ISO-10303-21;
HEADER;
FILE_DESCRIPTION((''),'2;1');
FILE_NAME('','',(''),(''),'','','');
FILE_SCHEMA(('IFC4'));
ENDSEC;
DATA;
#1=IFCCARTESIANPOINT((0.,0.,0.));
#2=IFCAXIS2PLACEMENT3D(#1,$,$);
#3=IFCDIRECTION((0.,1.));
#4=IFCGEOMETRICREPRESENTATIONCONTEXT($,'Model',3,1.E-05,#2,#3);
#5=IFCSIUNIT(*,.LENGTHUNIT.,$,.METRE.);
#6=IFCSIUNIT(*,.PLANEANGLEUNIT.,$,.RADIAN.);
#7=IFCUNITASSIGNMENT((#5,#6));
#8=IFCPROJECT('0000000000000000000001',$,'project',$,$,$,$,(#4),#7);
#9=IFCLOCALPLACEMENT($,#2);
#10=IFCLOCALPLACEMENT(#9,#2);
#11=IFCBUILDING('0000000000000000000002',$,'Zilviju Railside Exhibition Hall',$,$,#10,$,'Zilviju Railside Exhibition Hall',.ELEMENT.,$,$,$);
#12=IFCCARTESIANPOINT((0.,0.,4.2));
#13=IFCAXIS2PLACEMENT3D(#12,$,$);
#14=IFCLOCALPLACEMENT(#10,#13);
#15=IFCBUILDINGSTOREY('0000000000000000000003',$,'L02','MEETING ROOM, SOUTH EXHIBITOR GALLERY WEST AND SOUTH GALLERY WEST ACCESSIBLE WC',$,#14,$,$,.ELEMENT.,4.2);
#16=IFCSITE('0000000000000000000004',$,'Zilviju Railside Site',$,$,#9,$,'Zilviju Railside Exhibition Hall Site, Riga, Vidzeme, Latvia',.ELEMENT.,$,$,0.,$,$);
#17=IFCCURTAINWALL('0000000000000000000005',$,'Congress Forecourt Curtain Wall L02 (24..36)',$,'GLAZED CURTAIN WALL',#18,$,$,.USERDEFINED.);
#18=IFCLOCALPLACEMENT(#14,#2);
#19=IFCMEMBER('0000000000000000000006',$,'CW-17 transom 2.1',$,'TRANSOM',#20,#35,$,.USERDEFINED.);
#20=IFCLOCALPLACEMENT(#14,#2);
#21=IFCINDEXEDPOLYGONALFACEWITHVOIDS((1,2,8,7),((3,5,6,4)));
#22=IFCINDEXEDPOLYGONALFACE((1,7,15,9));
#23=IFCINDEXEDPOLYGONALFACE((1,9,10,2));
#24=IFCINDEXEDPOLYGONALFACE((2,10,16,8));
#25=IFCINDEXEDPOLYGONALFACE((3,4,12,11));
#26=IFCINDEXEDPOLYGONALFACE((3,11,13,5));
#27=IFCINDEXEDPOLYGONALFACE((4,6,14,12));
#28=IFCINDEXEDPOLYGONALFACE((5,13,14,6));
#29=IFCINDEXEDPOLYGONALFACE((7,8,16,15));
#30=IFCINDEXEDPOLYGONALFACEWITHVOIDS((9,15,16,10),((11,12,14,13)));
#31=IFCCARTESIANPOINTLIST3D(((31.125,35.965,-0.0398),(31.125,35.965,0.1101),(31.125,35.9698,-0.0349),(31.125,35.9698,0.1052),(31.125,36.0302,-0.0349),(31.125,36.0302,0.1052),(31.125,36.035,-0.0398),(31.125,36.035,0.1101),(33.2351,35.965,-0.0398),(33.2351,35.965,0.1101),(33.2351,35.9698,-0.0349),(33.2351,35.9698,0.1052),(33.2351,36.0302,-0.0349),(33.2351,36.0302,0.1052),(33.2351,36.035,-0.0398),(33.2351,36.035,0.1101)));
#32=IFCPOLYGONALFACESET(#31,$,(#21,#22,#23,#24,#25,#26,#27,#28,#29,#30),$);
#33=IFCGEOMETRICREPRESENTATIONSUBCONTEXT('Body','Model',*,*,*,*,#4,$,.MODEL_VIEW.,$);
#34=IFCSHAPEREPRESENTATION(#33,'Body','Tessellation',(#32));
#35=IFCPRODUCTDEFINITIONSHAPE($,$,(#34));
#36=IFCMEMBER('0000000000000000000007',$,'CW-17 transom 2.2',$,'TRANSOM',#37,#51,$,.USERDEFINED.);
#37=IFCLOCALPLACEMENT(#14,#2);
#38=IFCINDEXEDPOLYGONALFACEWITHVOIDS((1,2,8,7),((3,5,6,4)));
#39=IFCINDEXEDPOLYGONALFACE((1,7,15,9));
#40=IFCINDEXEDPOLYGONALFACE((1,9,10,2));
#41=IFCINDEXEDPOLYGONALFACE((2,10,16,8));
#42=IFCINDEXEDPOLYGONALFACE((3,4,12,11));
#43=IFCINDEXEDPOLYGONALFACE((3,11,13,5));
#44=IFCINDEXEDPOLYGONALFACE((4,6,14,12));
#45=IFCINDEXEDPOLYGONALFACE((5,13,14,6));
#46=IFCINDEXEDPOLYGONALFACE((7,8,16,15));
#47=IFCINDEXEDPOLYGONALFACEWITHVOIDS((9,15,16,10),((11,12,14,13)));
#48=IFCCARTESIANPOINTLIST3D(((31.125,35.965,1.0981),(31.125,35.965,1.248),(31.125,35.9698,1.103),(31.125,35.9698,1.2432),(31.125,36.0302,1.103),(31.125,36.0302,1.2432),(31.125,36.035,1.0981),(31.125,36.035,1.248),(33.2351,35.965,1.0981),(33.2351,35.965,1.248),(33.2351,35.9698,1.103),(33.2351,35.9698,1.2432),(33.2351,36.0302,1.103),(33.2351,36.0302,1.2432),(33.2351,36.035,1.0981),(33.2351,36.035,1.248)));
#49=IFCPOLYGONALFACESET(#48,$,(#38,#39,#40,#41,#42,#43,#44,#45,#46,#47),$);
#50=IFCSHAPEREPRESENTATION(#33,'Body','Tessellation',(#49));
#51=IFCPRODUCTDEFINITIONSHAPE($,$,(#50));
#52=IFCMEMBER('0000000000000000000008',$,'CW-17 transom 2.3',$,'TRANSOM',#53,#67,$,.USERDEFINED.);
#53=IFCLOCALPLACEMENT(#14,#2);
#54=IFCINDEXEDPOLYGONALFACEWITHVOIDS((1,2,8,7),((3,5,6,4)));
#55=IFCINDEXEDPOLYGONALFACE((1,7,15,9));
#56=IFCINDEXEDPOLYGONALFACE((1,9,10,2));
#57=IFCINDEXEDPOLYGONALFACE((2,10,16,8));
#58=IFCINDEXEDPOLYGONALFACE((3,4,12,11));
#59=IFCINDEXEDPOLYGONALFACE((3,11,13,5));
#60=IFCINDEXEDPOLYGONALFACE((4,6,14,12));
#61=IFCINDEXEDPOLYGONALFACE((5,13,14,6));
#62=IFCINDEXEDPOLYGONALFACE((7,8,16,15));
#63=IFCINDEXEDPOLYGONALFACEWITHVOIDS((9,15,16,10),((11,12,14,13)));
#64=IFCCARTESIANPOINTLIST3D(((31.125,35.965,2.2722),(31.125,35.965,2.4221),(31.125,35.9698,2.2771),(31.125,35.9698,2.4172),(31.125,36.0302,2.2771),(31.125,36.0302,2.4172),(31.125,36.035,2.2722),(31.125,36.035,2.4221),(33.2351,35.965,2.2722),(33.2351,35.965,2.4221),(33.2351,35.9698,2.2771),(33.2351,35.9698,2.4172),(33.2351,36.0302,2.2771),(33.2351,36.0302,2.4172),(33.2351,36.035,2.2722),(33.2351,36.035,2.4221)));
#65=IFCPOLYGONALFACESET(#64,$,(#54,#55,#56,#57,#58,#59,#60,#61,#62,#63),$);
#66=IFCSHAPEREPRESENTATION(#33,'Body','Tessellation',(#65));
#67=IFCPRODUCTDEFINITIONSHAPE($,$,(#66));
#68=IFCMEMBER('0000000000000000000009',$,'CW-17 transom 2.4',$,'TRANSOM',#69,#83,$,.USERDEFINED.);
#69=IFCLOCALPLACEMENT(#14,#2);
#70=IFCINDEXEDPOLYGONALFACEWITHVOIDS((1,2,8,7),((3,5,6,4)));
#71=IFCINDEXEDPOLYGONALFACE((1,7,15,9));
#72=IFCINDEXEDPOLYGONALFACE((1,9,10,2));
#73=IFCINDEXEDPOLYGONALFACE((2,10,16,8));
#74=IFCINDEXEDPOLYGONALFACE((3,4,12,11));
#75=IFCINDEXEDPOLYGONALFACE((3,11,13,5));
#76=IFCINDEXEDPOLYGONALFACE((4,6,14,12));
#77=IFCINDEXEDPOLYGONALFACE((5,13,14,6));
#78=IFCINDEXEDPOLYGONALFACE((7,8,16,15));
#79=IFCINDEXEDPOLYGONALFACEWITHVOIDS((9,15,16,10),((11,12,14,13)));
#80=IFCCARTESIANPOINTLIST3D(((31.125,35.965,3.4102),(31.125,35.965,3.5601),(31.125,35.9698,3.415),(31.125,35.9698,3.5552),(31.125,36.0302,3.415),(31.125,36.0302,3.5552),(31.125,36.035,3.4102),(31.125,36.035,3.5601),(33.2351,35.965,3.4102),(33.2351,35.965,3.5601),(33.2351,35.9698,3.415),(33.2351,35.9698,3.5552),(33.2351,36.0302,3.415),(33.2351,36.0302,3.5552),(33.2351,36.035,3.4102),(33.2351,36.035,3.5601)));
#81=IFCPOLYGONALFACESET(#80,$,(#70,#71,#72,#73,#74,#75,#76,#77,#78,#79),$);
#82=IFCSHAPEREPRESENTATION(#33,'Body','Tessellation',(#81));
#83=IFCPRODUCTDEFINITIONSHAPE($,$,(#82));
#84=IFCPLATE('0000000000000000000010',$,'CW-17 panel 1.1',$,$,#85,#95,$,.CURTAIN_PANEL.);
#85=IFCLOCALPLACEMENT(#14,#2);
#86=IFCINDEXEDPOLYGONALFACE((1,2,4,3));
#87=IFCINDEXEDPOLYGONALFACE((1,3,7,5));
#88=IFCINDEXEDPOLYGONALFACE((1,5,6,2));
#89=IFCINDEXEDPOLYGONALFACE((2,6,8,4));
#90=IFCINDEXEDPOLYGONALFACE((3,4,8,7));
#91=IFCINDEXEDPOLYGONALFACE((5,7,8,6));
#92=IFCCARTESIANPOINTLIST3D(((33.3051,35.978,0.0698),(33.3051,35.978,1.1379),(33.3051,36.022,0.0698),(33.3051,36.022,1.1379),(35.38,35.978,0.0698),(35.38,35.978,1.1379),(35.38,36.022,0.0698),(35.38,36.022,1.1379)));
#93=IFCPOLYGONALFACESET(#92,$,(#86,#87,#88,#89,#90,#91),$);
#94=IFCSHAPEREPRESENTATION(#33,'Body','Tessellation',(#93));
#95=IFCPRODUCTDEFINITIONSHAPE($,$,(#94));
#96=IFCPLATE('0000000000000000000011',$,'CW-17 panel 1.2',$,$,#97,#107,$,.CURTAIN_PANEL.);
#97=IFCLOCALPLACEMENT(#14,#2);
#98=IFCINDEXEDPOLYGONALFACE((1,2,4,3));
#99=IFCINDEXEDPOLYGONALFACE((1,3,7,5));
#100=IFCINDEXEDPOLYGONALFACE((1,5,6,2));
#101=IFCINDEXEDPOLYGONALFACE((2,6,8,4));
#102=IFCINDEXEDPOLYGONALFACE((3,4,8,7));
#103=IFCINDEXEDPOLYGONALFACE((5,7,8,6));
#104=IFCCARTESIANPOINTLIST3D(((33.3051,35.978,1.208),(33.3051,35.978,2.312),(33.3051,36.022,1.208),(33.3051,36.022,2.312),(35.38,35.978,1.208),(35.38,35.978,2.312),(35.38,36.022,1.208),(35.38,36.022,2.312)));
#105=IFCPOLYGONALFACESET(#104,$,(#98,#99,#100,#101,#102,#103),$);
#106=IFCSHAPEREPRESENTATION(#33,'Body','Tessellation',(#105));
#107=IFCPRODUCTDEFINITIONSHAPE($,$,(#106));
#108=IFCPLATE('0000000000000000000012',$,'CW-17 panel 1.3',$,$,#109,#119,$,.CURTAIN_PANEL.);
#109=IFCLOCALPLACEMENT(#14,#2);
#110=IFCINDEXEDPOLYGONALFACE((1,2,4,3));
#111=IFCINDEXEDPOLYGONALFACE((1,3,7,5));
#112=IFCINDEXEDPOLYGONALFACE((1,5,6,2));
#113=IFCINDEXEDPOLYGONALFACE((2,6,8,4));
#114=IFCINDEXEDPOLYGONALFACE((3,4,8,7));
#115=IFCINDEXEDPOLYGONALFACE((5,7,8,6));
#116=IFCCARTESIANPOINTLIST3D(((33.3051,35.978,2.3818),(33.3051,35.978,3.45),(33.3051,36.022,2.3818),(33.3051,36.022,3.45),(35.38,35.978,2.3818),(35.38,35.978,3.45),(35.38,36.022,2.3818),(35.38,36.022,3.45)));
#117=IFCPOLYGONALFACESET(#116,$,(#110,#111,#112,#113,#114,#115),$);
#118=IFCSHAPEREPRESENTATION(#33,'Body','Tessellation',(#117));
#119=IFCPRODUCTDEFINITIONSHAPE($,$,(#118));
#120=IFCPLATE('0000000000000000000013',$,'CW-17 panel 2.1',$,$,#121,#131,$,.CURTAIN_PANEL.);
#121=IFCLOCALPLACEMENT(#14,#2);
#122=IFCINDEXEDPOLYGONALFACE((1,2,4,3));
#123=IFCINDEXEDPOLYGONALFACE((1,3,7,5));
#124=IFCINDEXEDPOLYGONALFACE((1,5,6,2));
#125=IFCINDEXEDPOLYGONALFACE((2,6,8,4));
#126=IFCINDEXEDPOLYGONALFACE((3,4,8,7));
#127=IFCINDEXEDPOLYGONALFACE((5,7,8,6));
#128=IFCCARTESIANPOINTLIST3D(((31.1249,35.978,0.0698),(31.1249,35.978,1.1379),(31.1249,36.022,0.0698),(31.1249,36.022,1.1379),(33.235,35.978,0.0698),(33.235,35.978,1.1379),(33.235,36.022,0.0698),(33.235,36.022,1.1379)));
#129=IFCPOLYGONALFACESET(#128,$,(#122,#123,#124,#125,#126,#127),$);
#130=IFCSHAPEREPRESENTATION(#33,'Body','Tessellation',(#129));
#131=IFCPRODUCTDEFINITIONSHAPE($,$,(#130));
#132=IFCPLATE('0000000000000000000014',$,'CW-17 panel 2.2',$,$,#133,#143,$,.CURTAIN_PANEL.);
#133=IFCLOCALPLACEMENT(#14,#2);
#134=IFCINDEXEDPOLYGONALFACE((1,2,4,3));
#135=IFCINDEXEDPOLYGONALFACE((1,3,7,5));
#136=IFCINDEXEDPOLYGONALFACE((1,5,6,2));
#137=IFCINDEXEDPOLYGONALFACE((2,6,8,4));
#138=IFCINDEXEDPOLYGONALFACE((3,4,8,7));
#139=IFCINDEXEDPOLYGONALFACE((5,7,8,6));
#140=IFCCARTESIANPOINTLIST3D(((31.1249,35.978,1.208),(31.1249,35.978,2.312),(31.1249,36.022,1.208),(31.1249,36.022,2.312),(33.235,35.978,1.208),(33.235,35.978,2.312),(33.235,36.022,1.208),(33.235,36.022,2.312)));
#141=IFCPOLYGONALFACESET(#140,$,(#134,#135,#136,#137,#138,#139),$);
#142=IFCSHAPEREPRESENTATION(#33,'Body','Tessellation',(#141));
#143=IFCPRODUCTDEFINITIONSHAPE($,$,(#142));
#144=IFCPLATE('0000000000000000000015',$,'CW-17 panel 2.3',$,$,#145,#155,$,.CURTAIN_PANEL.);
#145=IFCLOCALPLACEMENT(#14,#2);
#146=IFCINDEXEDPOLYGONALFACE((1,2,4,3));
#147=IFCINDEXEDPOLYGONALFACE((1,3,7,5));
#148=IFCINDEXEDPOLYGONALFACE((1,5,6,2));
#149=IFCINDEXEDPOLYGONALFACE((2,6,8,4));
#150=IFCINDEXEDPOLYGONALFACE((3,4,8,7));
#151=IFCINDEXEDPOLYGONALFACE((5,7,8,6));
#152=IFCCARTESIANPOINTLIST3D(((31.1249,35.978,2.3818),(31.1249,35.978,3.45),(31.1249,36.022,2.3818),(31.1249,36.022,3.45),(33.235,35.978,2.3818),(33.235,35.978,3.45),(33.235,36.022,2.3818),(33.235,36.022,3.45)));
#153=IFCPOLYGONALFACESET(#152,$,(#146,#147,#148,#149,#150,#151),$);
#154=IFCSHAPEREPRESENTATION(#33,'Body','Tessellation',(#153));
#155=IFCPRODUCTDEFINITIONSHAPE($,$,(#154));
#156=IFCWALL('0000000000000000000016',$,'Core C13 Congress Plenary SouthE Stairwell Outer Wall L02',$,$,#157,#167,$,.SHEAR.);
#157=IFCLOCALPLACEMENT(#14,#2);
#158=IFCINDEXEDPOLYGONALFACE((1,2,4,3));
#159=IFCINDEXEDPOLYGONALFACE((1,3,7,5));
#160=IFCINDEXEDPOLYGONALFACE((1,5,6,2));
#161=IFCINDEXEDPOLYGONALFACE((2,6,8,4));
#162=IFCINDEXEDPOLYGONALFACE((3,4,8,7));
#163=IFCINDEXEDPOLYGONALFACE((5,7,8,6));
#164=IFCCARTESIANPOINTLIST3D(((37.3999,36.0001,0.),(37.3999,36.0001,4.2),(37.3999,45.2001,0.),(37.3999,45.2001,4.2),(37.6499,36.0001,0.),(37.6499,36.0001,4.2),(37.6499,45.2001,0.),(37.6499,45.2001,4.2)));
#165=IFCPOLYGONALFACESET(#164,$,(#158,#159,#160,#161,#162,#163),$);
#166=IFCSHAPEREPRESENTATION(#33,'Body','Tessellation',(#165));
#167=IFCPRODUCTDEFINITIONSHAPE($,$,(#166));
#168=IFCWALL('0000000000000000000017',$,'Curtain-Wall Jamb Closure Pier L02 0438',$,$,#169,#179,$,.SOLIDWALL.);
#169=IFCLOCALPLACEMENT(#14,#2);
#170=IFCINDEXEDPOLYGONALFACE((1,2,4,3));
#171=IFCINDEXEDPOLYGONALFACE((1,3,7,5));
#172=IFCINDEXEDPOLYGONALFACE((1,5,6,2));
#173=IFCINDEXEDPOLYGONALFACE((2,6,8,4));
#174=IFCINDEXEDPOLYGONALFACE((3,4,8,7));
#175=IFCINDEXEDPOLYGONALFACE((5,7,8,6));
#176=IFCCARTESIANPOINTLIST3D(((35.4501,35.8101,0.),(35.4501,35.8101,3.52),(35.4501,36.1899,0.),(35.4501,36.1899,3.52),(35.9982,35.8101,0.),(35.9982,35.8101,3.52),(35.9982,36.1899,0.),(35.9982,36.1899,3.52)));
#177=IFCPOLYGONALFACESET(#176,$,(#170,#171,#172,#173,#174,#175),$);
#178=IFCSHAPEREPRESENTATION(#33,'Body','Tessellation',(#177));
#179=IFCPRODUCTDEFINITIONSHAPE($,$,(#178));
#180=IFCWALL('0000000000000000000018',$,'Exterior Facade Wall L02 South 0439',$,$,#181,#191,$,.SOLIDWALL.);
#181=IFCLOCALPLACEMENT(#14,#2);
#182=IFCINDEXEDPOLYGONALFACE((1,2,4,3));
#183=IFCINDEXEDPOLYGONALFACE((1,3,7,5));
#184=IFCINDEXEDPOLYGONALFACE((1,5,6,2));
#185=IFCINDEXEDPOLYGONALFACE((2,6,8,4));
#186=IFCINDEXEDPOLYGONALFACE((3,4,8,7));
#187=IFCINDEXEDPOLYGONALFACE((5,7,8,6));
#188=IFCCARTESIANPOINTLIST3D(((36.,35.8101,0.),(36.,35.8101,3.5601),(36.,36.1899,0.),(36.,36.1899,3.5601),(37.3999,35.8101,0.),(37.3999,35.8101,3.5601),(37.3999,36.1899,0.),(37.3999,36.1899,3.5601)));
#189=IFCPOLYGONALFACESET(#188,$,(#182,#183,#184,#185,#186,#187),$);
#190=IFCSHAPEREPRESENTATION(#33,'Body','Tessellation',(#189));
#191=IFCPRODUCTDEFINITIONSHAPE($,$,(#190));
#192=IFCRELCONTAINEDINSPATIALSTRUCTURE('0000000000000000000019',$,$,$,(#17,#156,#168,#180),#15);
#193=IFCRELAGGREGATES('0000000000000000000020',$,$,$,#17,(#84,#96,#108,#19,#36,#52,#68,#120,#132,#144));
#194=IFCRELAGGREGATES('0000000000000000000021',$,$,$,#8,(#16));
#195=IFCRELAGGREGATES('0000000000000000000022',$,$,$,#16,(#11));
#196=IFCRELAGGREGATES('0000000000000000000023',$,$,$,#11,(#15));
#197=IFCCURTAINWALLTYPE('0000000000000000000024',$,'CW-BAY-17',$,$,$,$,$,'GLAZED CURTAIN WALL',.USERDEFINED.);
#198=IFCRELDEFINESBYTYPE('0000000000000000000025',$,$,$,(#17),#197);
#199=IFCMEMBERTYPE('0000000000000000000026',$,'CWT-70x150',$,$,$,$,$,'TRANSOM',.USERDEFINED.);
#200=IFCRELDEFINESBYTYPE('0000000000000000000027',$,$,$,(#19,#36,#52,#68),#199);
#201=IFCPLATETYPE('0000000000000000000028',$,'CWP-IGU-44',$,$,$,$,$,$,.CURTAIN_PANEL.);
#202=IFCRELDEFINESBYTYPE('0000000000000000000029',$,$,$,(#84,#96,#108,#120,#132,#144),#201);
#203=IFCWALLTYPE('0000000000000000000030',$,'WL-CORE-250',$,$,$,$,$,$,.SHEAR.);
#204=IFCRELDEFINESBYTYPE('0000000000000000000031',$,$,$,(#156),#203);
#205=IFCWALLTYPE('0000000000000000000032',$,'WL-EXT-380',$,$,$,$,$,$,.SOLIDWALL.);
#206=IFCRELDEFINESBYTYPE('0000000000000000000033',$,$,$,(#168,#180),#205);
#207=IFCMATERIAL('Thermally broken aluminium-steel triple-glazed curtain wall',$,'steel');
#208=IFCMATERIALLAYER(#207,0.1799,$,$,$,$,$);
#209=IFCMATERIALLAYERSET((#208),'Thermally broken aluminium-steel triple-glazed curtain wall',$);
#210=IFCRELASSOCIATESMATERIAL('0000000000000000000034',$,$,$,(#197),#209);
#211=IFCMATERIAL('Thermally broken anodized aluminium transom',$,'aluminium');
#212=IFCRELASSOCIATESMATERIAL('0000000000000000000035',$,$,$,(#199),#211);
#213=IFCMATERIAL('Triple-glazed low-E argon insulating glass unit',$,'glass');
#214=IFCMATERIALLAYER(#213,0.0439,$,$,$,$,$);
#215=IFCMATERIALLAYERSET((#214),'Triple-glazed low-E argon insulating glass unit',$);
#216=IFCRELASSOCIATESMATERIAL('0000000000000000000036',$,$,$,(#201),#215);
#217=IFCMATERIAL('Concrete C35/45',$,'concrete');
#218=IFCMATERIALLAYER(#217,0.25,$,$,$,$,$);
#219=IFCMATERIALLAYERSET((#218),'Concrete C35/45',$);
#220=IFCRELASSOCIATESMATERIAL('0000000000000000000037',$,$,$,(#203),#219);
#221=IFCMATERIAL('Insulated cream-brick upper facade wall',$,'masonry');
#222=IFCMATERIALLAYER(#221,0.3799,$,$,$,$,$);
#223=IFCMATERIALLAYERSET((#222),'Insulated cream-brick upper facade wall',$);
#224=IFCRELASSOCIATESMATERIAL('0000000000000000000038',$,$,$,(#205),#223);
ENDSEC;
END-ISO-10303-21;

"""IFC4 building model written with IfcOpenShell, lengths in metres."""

from ifc_helpers import new_model, si_unit, direction, frame, frame_2d, origin, origin_2d, place, context, subcontext, project, spatial, rectangle, hollow_rectangle, extrude, material, layer, layer_set, material_profile, profile_set, type_object, element, aggregate, save


model = new_model("IFC4")

# Units and contexts
model_context = context("Model", 3, precision=1e-05, world=origin(), true_north=direction((0.0, 1.0)))
body_context = subcontext(model_context, "Body", "Model", "MODEL_VIEW")
ifc_project = project(units=[si_unit("LENGTHUNIT", "METRE"), si_unit("PLANEANGLEUNIT", "RADIAN")], contexts=[model_context])

# Site, building, storey
site_placement = place(None, origin())
site = spatial("IfcSite", under=ifc_project, at=site_placement, Name="Zilviju Railside Site", LongName="Zilviju Railside Exhibition Hall Site, Riga, Vidzeme, Latvia", CompositionType="ELEMENT", RefElevation=0.0)
building_placement = place(site_placement, origin())
building = spatial("IfcBuilding", under=site, at=building_placement, Name="Zilviju Railside Exhibition Hall", LongName="Zilviju Railside Exhibition Hall", CompositionType="ELEMENT")
storey_placement = place(building_placement, frame((0.0, 0.0, 4.2)))
storey = spatial("IfcBuildingStorey", under=building, at=storey_placement, Name="L02", Description="MEETING ROOM, SOUTH EXHIBITOR GALLERY WEST AND SOUTH GALLERY WEST ACCESSIBLE WC", CompositionType="ELEMENT", Elevation=4.2)

# Curtain wall, members, plates
ifc_material_1 = material(Name="Thermally broken aluminium-steel triple-glazed curtain wall", Category="steel")
ifc_layer_1 = layer(ifc_material_1, 0.1799)
ifc_layer_set_1 = layer_set([ifc_layer_1], Name="Thermally broken aluminium-steel triple-glazed curtain wall")
curtain_wall_type = type_object("IfcCurtainWallType", Name="CW-BAY-17", ElementType="GLAZED CURTAIN WALL", PredefinedType="USERDEFINED", material=ifc_layer_set_1)
curtain_wall_placement = place(storey_placement, origin())
curtain_wall = element("IfcCurtainWall", 1, at=curtain_wall_placement, inside=storey, type_object=curtain_wall_type, Name="Congress Forecourt Curtain Wall L02 (24..36)", ObjectType="GLAZED CURTAIN WALL", PredefinedType="USERDEFINED")
ifc_material_2 = material(Name="Thermally broken anodized aluminium transom", Category="aluminium")
ifc_material_profile_1 = material_profile(ifc_material_2, hollow_rectangle(XDim=0.0701, YDim=0.1499, WallThickness=0.0049, at=origin_2d()), Name="TRANSOM 150x70x5")
ifc_profile_set_1 = profile_set([ifc_material_profile_1], Name="Thermally broken anodized aluminium transom")
member_type_1 = type_object("IfcMemberType", Name="CWT-70x150", ElementType="TRANSOM", PredefinedType="USERDEFINED", material=ifc_profile_set_1)
member_1_placement = place(storey_placement, frame((33.2351, 36.0, 0.0352), z_axis=(-1.0, 0.0, 0.0), x_axis=(0.0, -1.0, 0.0)))
member_1 = element("IfcMember", 2, at=member_1_placement, type_object=member_type_1, Name="CW-17 transom 2.1", ObjectType="TRANSOM", PredefinedType="USERDEFINED", context=body_context, shape_type="SweptSolid", body=[
    extrude(hollow_rectangle(XDim=0.0701, YDim=0.1499, WallThickness=0.0049, at=origin_2d()), origin(), (0.0, 0.0, 1.0), 2.1101),
])
member_2_placement = place(storey_placement, frame((33.2351, 36.0, 1.1731), z_axis=(-1.0, 0.0, 0.0), x_axis=(0.0, -1.0, 0.0)))
member_2 = element("IfcMember", 3, at=member_2_placement, type_object=member_type_1, Name="CW-17 transom 2.2", ObjectType="TRANSOM", PredefinedType="USERDEFINED", context=body_context, shape_type="SweptSolid", body=[
    extrude(hollow_rectangle(XDim=0.0701, YDim=0.1499, WallThickness=0.0049, at=origin_2d()), origin(), (0.0, 0.0, 1.0), 2.1101),
])
member_3_placement = place(storey_placement, frame((33.2351, 36.0, 2.3472), z_axis=(-1.0, 0.0, 0.0), x_axis=(0.0, -1.0, 0.0)))
member_3 = element("IfcMember", 4, at=member_3_placement, type_object=member_type_1, Name="CW-17 transom 2.3", ObjectType="TRANSOM", PredefinedType="USERDEFINED", context=body_context, shape_type="SweptSolid", body=[
    extrude(hollow_rectangle(XDim=0.0701, YDim=0.1499, WallThickness=0.0049, at=origin_2d()), origin(), (0.0, 0.0, 1.0), 2.1101),
])
member_4_placement = place(storey_placement, frame((33.2351, 36.0, 3.4851), z_axis=(-1.0, 0.0, 0.0), x_axis=(0.0, -1.0, 0.0)))
member_4 = element("IfcMember", 5, at=member_4_placement, type_object=member_type_1, Name="CW-17 transom 2.4", ObjectType="TRANSOM", PredefinedType="USERDEFINED", context=body_context, shape_type="SweptSolid", body=[
    extrude(hollow_rectangle(XDim=0.0701, YDim=0.1499, WallThickness=0.0049, at=origin_2d()), origin(), (0.0, 0.0, 1.0), 2.1101),
])
ifc_material_3 = material(Name="Triple-glazed low-E argon insulating glass unit", Category="glass")
ifc_layer_2 = layer(ifc_material_3, 0.0439)
ifc_layer_set_2 = layer_set([ifc_layer_2], Name="Triple-glazed low-E argon insulating glass unit")
plate_type = type_object("IfcPlateType", Name="CWP-IGU-44", PredefinedType="CURTAIN_PANEL", material=ifc_layer_set_2)
plate_1_placement = place(storey_placement, frame((34.3425, 36.0, 0.0698), z_axis=(0.0, 0.0, 1.0), x_axis=(-1.0, 0.0, 0.0)))
plate_1 = element("IfcPlate", 6, at=plate_1_placement, type_object=plate_type, Name="CW-17 panel 1.1", PredefinedType="CURTAIN_PANEL", context=body_context, shape_type="SweptSolid", body=[
    extrude(rectangle(XDim=2.075, YDim=0.0439, at=origin_2d()), origin(), (0.0, 0.0, 1.0), 1.0681),
])
plate_2_placement = place(storey_placement, frame((34.3425, 36.0, 1.208), z_axis=(0.0, 0.0, 1.0), x_axis=(-1.0, 0.0, 0.0)))
plate_2 = element("IfcPlate", 7, at=plate_2_placement, type_object=plate_type, Name="CW-17 panel 1.2", PredefinedType="CURTAIN_PANEL", context=body_context, shape_type="SweptSolid", body=[
    extrude(rectangle(XDim=2.075, YDim=0.0439, at=origin_2d()), origin(), (0.0, 0.0, 1.0), 1.104),
])
plate_3_placement = place(storey_placement, frame((34.3425, 36.0, 2.3818), z_axis=(0.0, 0.0, 1.0), x_axis=(-1.0, 0.0, 0.0)))
plate_3 = element("IfcPlate", 8, at=plate_3_placement, type_object=plate_type, Name="CW-17 panel 1.3", PredefinedType="CURTAIN_PANEL", context=body_context, shape_type="SweptSolid", body=[
    extrude(rectangle(XDim=2.075, YDim=0.0439, at=origin_2d()), origin(), (0.0, 0.0, 1.0), 1.0681),
])
plate_4_placement = place(storey_placement, frame((32.1799, 36.0, 0.0698), z_axis=(0.0, 0.0, 1.0), x_axis=(-1.0, 0.0, 0.0)))
plate_4 = element("IfcPlate", 9, at=plate_4_placement, type_object=plate_type, Name="CW-17 panel 2.1", PredefinedType="CURTAIN_PANEL", context=body_context, shape_type="SweptSolid", body=[
    extrude(rectangle(XDim=2.1101, YDim=0.0439, at=origin_2d()), origin(), (0.0, 0.0, 1.0), 1.0681),
])
plate_5_placement = place(storey_placement, frame((32.1799, 36.0, 1.208), z_axis=(0.0, 0.0, 1.0), x_axis=(-1.0, 0.0, 0.0)))
plate_5 = element("IfcPlate", 10, at=plate_5_placement, type_object=plate_type, Name="CW-17 panel 2.2", PredefinedType="CURTAIN_PANEL", context=body_context, shape_type="SweptSolid", body=[
    extrude(rectangle(XDim=2.1101, YDim=0.0439, at=origin_2d()), origin(), (0.0, 0.0, 1.0), 1.104),
])
plate_6_placement = place(storey_placement, frame((32.1799, 36.0, 2.3818), z_axis=(0.0, 0.0, 1.0), x_axis=(-1.0, 0.0, 0.0)))
plate_6 = element("IfcPlate", 11, at=plate_6_placement, type_object=plate_type, Name="CW-17 panel 2.3", PredefinedType="CURTAIN_PANEL", context=body_context, shape_type="SweptSolid", body=[
    extrude(rectangle(XDim=2.1101, YDim=0.0439, at=origin_2d()), origin(), (0.0, 0.0, 1.0), 1.0681),
])
aggregate(curtain_wall, [plate_1, plate_2, plate_3, member_1, member_2, member_3, member_4, plate_4, plate_5, plate_6])

# Wall
ifc_material_4 = material(Name="Concrete C35/45", Category="concrete")
ifc_layer_3 = layer(ifc_material_4, 0.25)
ifc_layer_set_3 = layer_set([ifc_layer_3], Name="Concrete C35/45")
wall_type_1 = type_object("IfcWallType", Name="WL-CORE-250", PredefinedType="SHEAR", material=ifc_layer_set_3)
wall_1_placement = place(storey_placement, frame((37.5249, 36.0, 0.0), z_axis=(0.0, 0.0, 1.0), x_axis=(0.0, 1.0, 0.0)))
element("IfcWall", 12, at=wall_1_placement, inside=storey, type_object=wall_type_1, Name="Core C13 Congress Plenary SouthE Stairwell Outer Wall L02", PredefinedType="SHEAR", context=body_context, shape_type="SweptSolid", body=[
    extrude(rectangle(XDim=9.2, YDim=0.25, at=frame_2d((4.6001, 0.0))), origin(), (0.0, 0.0, 1.0), 4.2),
])

# Walls
ifc_material_5 = material(Name="Insulated cream-brick upper facade wall", Category="masonry")
ifc_layer_4 = layer(ifc_material_5, 0.3799)
ifc_layer_set_4 = layer_set([ifc_layer_4], Name="Insulated cream-brick upper facade wall")
wall_type_2 = type_object("IfcWallType", Name="WL-EXT-380", PredefinedType="SOLIDWALL", material=ifc_layer_set_4)
wall_2_placement = place(storey_placement, frame((35.998, 36.0, 0.0), z_axis=(0.0, 0.0, 1.0), x_axis=(-1.0, 0.0, 0.0)))
element("IfcWall", 13, at=wall_2_placement, inside=storey, type_object=wall_type_2, Name="Curtain-Wall Jamb Closure Pier L02 0438", PredefinedType="SOLIDWALL", context=body_context, shape_type="SweptSolid", body=[
    extrude(rectangle(XDim=0.5481, YDim=0.3799, at=frame_2d((0.2739, 0.0))), origin(), (0.0, 0.0, 1.0), 3.52),
])
wall_3_placement = place(storey_placement, frame((37.3999, 36.0, 0.0), z_axis=(0.0, 0.0, 1.0), x_axis=(-1.0, 0.0, 0.0)))
element("IfcWall", 14, at=wall_3_placement, inside=storey, type_object=wall_type_2, Name="Exterior Facade Wall L02 South 0439", PredefinedType="SOLIDWALL", context=body_context, shape_type="SweptSolid", body=[
    extrude(rectangle(XDim=1.3999, YDim=0.3799, at=frame_2d((0.7, 0.0))), origin(), (0.0, 0.0, 1.0), 3.5601),
])

save(model, "model.ifc")
